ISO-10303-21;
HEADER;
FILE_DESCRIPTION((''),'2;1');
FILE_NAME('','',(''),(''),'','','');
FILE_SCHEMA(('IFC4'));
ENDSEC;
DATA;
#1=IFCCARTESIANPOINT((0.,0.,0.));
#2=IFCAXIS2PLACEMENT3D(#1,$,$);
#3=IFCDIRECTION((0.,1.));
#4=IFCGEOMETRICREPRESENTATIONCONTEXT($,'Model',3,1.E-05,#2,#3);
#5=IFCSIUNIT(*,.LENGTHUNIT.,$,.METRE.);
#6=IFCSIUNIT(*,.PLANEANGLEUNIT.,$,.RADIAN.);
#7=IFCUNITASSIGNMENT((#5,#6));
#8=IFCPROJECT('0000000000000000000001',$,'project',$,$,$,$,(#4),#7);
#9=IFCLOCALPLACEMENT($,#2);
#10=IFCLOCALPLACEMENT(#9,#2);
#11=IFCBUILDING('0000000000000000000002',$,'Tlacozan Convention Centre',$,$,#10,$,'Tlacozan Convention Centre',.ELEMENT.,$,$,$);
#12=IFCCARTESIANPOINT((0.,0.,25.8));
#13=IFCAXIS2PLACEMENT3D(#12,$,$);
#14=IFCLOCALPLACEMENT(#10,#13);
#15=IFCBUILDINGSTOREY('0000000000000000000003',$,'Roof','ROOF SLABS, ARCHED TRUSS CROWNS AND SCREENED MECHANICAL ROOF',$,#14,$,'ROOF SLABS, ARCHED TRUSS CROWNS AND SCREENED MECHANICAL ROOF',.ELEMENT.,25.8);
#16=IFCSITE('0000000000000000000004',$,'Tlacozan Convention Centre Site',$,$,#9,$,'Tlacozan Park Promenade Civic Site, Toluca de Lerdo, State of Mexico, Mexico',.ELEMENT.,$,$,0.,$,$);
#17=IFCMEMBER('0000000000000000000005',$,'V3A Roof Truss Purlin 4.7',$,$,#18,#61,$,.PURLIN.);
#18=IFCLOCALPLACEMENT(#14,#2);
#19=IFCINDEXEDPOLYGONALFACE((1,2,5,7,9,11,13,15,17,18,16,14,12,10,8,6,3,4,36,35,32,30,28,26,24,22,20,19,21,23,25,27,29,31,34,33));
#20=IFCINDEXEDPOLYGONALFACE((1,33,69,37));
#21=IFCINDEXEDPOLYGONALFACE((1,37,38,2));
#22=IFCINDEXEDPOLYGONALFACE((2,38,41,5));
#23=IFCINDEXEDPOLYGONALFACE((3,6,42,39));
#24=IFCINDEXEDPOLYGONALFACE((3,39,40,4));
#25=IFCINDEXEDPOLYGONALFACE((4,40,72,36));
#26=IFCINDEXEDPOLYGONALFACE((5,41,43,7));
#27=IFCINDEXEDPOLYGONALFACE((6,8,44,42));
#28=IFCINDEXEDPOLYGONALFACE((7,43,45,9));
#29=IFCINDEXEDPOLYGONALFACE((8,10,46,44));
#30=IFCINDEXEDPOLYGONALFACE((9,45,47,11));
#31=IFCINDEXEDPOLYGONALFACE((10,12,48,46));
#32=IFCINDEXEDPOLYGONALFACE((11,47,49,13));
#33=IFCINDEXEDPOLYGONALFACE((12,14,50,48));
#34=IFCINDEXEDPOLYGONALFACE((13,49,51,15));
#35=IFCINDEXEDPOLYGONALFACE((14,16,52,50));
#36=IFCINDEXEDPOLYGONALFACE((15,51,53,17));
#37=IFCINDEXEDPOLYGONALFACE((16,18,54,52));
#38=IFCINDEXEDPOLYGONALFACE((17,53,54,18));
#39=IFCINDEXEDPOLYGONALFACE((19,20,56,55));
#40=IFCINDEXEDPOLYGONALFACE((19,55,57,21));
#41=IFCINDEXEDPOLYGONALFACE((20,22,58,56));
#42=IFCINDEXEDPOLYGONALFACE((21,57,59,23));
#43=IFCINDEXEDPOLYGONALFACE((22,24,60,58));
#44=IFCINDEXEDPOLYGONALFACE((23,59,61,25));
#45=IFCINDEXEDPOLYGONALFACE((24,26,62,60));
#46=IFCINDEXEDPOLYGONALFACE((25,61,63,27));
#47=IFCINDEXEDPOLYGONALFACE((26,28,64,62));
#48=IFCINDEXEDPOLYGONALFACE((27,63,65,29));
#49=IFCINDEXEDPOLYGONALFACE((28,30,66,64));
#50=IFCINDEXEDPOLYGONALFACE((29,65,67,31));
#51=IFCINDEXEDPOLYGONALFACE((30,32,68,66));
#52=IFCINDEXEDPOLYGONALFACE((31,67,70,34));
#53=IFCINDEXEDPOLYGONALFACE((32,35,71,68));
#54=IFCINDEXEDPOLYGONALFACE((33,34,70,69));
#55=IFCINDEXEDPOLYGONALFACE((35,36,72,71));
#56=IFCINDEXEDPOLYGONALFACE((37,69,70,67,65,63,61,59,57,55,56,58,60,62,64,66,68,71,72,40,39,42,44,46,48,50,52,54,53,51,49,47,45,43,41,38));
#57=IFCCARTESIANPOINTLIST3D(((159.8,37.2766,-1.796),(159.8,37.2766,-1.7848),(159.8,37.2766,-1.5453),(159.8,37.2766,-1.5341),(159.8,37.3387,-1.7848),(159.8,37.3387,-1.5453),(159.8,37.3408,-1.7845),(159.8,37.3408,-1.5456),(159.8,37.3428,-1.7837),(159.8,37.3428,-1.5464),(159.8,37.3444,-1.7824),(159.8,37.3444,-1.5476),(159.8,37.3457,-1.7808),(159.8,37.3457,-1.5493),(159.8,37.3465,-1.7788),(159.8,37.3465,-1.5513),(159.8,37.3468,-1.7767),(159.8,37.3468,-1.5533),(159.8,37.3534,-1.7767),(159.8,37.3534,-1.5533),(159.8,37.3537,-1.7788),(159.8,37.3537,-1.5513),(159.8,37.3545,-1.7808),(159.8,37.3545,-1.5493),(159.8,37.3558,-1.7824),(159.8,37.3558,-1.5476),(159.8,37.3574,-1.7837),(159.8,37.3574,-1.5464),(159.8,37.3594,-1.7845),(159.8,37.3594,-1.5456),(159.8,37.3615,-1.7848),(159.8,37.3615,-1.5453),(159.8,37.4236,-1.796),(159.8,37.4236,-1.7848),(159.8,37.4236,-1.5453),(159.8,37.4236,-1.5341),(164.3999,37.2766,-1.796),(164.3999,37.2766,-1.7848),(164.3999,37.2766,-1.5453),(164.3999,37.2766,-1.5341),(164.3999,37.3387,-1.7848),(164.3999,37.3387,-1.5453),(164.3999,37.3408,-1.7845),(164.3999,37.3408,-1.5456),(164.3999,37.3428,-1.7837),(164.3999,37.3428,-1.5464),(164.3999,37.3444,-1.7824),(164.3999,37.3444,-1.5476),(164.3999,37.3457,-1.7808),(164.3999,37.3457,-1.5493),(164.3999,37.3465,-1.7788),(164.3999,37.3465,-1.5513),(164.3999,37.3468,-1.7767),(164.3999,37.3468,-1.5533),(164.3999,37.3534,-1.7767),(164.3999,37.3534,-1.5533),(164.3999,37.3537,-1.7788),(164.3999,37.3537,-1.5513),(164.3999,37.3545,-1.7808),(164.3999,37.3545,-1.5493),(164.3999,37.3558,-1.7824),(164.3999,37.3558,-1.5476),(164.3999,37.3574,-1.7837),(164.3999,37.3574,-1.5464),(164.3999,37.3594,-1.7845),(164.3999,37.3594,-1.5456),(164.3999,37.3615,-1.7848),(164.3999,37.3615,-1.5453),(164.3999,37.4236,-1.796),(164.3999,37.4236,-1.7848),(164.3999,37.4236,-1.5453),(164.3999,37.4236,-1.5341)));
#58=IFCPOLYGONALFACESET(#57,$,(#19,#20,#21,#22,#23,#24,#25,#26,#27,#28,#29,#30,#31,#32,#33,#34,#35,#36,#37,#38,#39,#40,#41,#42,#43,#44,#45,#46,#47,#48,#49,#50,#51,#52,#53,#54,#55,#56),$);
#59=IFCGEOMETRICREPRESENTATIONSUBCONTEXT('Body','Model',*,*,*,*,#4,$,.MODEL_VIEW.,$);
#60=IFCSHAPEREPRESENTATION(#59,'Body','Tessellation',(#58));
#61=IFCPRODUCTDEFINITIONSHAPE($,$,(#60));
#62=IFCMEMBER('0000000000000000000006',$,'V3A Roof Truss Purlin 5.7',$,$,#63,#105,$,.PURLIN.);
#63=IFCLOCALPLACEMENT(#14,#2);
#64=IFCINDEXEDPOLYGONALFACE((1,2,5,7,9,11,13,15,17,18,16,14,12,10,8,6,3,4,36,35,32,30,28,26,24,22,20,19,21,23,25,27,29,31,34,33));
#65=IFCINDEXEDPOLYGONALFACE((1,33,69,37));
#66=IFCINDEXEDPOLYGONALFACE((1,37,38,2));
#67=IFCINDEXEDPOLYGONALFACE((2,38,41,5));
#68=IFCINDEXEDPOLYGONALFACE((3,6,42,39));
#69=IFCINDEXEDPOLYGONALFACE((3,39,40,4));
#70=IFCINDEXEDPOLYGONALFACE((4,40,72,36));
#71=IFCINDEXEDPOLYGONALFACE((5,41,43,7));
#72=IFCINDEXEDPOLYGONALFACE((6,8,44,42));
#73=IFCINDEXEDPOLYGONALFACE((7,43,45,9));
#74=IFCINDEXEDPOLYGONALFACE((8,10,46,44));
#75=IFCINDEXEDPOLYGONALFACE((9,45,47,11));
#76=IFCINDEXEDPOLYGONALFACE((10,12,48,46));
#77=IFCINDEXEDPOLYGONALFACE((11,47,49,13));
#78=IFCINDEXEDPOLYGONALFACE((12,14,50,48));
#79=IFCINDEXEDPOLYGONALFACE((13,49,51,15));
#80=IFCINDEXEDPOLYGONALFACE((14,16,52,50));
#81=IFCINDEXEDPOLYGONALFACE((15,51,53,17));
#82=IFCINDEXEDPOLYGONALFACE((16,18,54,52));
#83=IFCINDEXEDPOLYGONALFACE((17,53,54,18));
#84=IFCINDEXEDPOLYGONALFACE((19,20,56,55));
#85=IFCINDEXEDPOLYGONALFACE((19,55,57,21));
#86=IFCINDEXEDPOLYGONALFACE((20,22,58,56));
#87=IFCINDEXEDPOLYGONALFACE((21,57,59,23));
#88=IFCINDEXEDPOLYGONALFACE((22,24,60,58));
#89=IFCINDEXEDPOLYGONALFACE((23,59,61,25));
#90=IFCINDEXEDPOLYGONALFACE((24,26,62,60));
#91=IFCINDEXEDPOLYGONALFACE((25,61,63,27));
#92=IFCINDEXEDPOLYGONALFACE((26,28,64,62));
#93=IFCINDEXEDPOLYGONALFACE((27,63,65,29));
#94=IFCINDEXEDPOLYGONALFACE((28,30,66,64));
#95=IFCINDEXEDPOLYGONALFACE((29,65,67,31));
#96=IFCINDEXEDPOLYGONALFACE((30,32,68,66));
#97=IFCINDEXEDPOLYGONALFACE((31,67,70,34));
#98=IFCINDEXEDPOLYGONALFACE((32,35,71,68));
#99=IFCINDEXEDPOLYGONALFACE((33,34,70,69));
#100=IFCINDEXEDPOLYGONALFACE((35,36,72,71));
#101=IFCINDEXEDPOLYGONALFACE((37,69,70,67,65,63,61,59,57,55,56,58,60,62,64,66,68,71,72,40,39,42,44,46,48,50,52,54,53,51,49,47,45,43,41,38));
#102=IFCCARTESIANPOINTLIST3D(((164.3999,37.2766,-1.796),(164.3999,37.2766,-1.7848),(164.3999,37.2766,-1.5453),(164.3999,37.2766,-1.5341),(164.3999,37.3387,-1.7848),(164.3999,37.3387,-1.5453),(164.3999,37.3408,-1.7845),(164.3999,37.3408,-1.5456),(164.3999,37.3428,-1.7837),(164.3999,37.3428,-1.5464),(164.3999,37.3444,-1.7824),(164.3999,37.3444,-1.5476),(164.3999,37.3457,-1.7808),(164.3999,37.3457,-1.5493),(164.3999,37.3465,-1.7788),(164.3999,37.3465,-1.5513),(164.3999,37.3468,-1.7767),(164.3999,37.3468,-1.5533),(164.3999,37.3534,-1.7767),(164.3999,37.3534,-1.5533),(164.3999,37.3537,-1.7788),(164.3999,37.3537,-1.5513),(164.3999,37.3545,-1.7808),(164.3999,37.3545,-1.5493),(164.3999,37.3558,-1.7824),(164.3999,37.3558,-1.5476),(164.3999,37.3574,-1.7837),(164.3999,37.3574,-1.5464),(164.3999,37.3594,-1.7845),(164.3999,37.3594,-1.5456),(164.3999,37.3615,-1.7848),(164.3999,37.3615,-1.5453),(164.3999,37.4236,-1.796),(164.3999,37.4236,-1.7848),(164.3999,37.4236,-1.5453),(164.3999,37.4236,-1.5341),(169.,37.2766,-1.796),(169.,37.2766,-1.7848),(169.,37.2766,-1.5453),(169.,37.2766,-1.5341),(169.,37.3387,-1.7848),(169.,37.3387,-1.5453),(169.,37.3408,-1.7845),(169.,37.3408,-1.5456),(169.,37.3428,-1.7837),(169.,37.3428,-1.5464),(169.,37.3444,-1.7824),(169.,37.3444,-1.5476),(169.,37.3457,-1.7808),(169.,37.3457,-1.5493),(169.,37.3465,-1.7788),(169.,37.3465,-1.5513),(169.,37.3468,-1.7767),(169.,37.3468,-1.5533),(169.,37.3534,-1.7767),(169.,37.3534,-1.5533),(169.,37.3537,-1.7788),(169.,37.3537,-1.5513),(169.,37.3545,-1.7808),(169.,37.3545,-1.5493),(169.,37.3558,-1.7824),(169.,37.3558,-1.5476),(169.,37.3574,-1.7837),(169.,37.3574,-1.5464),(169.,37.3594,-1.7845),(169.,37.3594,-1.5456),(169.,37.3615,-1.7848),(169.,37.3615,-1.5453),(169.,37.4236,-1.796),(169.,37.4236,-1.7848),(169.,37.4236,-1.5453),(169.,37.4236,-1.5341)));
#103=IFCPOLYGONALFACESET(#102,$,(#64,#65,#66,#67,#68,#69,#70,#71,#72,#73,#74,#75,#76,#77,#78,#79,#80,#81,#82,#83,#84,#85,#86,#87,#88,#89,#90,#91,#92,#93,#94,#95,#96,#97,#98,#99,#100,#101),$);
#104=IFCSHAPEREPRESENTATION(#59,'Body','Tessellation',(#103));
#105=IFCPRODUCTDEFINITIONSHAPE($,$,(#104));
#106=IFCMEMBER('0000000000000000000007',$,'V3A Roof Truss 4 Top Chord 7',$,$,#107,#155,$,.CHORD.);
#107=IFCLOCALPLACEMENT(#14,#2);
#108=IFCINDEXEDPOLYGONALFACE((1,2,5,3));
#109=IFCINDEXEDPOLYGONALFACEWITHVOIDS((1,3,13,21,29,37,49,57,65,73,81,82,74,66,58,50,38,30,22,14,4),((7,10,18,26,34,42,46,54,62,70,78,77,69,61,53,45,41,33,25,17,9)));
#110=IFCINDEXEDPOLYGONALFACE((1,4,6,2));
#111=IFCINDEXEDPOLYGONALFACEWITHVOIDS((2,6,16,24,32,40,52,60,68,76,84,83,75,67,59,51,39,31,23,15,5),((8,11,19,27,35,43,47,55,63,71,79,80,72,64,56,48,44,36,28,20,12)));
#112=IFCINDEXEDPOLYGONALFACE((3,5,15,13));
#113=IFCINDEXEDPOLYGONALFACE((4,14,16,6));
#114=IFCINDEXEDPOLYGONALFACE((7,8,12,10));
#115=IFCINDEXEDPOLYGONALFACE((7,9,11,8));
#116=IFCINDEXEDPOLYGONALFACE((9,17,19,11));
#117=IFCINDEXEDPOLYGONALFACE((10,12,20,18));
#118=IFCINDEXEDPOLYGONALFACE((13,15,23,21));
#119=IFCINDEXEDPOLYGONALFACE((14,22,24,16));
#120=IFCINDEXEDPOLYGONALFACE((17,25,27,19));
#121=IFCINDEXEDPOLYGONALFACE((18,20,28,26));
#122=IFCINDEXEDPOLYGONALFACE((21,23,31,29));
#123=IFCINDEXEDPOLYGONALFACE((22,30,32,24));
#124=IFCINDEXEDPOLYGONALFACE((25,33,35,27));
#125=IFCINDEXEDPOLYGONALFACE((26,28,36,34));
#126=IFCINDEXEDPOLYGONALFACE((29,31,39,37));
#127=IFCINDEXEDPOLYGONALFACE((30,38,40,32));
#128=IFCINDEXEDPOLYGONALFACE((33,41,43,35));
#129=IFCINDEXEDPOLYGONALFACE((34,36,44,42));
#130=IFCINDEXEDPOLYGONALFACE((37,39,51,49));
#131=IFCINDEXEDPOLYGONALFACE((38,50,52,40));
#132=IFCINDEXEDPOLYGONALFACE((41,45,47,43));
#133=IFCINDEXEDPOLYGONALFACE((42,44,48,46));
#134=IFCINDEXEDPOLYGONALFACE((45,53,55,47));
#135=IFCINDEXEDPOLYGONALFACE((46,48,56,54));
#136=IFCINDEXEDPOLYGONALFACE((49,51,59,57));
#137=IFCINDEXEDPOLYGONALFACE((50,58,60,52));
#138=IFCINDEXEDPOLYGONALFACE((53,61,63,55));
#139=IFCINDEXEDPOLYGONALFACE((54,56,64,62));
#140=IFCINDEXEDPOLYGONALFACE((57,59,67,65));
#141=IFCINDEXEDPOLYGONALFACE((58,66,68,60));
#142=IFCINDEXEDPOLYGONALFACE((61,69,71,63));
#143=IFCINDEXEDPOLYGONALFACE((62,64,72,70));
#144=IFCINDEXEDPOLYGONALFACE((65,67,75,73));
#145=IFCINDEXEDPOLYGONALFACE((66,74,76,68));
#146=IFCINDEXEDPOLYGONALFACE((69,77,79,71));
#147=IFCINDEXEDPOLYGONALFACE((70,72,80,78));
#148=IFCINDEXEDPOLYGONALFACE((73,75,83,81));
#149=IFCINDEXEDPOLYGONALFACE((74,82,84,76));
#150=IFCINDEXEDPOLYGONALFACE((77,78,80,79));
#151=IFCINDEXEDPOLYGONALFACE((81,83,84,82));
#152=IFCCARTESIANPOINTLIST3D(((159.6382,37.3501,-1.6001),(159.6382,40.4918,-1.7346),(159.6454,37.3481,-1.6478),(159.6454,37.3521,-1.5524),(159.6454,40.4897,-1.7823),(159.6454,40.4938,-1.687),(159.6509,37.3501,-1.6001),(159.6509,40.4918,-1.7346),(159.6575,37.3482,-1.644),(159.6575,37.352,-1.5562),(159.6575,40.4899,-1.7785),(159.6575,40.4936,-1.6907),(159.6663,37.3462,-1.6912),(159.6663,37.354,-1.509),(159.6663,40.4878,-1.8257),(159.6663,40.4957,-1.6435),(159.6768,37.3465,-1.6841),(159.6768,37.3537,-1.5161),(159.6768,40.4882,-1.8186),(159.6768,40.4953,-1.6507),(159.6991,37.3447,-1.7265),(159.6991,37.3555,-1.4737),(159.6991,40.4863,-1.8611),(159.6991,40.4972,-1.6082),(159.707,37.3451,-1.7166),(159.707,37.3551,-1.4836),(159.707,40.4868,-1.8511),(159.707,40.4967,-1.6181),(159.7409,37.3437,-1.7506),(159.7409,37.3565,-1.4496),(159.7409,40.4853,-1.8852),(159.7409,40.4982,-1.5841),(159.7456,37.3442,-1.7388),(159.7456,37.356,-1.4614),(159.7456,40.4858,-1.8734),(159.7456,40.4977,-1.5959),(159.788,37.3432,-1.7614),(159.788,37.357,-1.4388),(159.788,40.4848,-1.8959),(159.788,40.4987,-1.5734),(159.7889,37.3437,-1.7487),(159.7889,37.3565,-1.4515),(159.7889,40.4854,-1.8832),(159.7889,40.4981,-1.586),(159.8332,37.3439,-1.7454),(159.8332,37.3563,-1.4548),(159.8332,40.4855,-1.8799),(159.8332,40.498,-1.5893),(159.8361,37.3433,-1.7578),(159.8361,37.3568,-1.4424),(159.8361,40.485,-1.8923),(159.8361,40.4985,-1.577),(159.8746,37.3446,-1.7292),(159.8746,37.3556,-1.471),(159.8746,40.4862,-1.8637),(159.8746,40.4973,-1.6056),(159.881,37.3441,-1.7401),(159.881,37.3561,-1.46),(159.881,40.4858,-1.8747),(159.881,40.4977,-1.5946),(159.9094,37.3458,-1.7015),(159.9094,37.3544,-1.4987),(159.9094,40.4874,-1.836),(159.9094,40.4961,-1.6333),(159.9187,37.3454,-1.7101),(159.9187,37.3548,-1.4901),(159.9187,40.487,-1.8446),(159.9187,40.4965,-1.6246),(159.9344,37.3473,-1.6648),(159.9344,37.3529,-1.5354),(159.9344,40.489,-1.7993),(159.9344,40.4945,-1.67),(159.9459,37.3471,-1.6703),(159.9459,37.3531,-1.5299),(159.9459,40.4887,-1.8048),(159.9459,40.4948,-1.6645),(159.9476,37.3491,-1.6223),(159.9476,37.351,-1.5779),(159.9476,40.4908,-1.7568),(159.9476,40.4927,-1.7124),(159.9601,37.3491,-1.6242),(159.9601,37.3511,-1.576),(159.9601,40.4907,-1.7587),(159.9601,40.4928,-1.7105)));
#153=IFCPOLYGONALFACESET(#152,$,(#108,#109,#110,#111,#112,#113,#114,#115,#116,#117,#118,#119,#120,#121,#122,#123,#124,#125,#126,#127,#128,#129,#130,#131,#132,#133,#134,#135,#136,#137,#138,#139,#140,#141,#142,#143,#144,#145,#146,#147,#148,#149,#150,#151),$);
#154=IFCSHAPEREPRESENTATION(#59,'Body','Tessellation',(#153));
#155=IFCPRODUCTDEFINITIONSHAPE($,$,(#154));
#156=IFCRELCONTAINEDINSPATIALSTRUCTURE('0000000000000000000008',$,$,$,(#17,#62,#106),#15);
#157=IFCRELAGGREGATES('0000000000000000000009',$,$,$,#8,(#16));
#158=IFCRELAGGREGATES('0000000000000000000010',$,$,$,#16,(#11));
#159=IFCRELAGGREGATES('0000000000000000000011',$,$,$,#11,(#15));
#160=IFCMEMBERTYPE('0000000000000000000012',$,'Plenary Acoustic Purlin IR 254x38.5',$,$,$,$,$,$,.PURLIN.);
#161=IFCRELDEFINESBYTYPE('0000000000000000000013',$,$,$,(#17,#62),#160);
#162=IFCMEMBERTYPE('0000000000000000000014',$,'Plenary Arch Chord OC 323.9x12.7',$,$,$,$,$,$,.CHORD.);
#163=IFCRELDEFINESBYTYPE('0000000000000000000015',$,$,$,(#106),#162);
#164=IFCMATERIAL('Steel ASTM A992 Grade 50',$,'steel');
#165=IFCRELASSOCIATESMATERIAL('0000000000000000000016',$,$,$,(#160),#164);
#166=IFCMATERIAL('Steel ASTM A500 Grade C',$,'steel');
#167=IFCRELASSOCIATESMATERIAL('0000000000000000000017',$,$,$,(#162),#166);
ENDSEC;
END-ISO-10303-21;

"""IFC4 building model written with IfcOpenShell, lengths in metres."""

from ifc_helpers import new_model, si_unit, direction, frame, origin, origin_2d, place, context, subcontext, project, spatial, hollow_circle, i_section, extrude, material, material_profile, profile_set, type_object, element, save


model = new_model("IFC4")

# Units and contexts
model_context = context("Model", 3, precision=1e-05, world=origin(), true_north=direction((0.0, 1.0)))
body_context = subcontext(model_context, "Body", "Model", "MODEL_VIEW")
ifc_project = project(units=[si_unit("LENGTHUNIT", "METRE"), si_unit("PLANEANGLEUNIT", "RADIAN")], contexts=[model_context])

# Site, building, storey
site_placement = place(None, origin())
site = spatial("IfcSite", under=ifc_project, at=site_placement, Name="Tlacozan Convention Centre Site", LongName="Tlacozan Park Promenade Civic Site, Toluca de Lerdo, State of Mexico, Mexico", CompositionType="ELEMENT", RefElevation=0.0)
building_placement = place(site_placement, origin())
building = spatial("IfcBuilding", under=site, at=building_placement, Name="Tlacozan Convention Centre", LongName="Tlacozan Convention Centre", CompositionType="ELEMENT")
storey_placement = place(building_placement, frame((0.0, 0.0, 25.8)))
storey = spatial("IfcBuildingStorey", under=building, at=storey_placement, Name="Roof", Description="ROOF SLABS, ARCHED TRUSS CROWNS AND SCREENED MECHANICAL ROOF", LongName="ROOF SLABS, ARCHED TRUSS CROWNS AND SCREENED MECHANICAL ROOF", CompositionType="ELEMENT", Elevation=25.8)

# Members
ifc_material_1 = material(Name="Steel ASTM A992 Grade 50", Category="steel")
ifc_material_profile_1 = material_profile(ifc_material_1, i_section(OverallWidth=0.147, OverallDepth=0.262, WebThickness=0.0066, FlangeThickness=0.0112, FilletRadius=0.0081, at=origin_2d()), Name="IR 254x38.5")
ifc_profile_set_1 = profile_set([ifc_material_profile_1], Name="Steel ASTM A992 Grade 50")
member_type_1 = type_object("IfcMemberType", Name="Plenary Acoustic Purlin IR 254x38.5", PredefinedType="PURLIN", material=ifc_profile_set_1)
member_1_placement = place(storey_placement, frame((159.8, 37.3501, -1.665), z_axis=(1.0, 0.0, 0.0), x_axis=(0.0, 1.0, 0.0)))
element("IfcMember", 1, at=member_1_placement, inside=storey, type_object=member_type_1, Name="V3A Roof Truss Purlin 4.7", PredefinedType="PURLIN", context=body_context, shape_type="SweptSolid", body=[
    extrude(i_section(OverallWidth=0.147, OverallDepth=0.262, WebThickness=0.0066, FlangeThickness=0.0112, FilletRadius=0.0081, at=origin_2d()), origin(), (0.0, 0.0, 1.0), 4.5999),
])
member_2_placement = place(storey_placement, frame((164.3999, 37.3501, -1.665), z_axis=(1.0, 0.0, 0.0), x_axis=(0.0, 1.0, 0.0)))
element("IfcMember", 2, at=member_2_placement, inside=storey, type_object=member_type_1, Name="V3A Roof Truss Purlin 5.7", PredefinedType="PURLIN", context=body_context, shape_type="SweptSolid", body=[
    extrude(i_section(OverallWidth=0.147, OverallDepth=0.262, WebThickness=0.0066, FlangeThickness=0.0112, FilletRadius=0.0081, at=origin_2d()), origin(), (0.0, 0.0, 1.0), 4.6001),
])
ifc_material_2 = material(Name="Steel ASTM A500 Grade C", Category="steel")
ifc_material_profile_2 = material_profile(ifc_material_2, hollow_circle(Radius=0.1619, WallThickness=0.0127, at=origin_2d()), Name="OC 323.9x12.7")
ifc_profile_set_2 = profile_set([ifc_material_profile_2], Name="Steel ASTM A500 Grade C")
member_type_2 = type_object("IfcMemberType", Name="Plenary Arch Chord OC 323.9x12.7", PredefinedType="CHORD", material=ifc_profile_set_2)
for number, where, z_axis, x_axis, name in (
    (3, (159.8, 37.3501, -1.6001), (0.0, 0.999085, -0.04278), (-1.0, 0.0, 0.0), "V3A Roof Truss 4 Top Chord 7"),
):
    element("IfcMember", number, at=place(storey_placement, frame(where, z_axis=z_axis, x_axis=x_axis)), inside=storey, type_object=member_type_2, Name=name, PredefinedType="CHORD", context=body_context, shape_type="SweptSolid", body=[
        extrude(hollow_circle(Radius=0.1619, WallThickness=0.0127, at=origin_2d()), origin(), (0.0, 0.0, 1.0), 3.1445),
    ])

save(model, "model.ifc")
